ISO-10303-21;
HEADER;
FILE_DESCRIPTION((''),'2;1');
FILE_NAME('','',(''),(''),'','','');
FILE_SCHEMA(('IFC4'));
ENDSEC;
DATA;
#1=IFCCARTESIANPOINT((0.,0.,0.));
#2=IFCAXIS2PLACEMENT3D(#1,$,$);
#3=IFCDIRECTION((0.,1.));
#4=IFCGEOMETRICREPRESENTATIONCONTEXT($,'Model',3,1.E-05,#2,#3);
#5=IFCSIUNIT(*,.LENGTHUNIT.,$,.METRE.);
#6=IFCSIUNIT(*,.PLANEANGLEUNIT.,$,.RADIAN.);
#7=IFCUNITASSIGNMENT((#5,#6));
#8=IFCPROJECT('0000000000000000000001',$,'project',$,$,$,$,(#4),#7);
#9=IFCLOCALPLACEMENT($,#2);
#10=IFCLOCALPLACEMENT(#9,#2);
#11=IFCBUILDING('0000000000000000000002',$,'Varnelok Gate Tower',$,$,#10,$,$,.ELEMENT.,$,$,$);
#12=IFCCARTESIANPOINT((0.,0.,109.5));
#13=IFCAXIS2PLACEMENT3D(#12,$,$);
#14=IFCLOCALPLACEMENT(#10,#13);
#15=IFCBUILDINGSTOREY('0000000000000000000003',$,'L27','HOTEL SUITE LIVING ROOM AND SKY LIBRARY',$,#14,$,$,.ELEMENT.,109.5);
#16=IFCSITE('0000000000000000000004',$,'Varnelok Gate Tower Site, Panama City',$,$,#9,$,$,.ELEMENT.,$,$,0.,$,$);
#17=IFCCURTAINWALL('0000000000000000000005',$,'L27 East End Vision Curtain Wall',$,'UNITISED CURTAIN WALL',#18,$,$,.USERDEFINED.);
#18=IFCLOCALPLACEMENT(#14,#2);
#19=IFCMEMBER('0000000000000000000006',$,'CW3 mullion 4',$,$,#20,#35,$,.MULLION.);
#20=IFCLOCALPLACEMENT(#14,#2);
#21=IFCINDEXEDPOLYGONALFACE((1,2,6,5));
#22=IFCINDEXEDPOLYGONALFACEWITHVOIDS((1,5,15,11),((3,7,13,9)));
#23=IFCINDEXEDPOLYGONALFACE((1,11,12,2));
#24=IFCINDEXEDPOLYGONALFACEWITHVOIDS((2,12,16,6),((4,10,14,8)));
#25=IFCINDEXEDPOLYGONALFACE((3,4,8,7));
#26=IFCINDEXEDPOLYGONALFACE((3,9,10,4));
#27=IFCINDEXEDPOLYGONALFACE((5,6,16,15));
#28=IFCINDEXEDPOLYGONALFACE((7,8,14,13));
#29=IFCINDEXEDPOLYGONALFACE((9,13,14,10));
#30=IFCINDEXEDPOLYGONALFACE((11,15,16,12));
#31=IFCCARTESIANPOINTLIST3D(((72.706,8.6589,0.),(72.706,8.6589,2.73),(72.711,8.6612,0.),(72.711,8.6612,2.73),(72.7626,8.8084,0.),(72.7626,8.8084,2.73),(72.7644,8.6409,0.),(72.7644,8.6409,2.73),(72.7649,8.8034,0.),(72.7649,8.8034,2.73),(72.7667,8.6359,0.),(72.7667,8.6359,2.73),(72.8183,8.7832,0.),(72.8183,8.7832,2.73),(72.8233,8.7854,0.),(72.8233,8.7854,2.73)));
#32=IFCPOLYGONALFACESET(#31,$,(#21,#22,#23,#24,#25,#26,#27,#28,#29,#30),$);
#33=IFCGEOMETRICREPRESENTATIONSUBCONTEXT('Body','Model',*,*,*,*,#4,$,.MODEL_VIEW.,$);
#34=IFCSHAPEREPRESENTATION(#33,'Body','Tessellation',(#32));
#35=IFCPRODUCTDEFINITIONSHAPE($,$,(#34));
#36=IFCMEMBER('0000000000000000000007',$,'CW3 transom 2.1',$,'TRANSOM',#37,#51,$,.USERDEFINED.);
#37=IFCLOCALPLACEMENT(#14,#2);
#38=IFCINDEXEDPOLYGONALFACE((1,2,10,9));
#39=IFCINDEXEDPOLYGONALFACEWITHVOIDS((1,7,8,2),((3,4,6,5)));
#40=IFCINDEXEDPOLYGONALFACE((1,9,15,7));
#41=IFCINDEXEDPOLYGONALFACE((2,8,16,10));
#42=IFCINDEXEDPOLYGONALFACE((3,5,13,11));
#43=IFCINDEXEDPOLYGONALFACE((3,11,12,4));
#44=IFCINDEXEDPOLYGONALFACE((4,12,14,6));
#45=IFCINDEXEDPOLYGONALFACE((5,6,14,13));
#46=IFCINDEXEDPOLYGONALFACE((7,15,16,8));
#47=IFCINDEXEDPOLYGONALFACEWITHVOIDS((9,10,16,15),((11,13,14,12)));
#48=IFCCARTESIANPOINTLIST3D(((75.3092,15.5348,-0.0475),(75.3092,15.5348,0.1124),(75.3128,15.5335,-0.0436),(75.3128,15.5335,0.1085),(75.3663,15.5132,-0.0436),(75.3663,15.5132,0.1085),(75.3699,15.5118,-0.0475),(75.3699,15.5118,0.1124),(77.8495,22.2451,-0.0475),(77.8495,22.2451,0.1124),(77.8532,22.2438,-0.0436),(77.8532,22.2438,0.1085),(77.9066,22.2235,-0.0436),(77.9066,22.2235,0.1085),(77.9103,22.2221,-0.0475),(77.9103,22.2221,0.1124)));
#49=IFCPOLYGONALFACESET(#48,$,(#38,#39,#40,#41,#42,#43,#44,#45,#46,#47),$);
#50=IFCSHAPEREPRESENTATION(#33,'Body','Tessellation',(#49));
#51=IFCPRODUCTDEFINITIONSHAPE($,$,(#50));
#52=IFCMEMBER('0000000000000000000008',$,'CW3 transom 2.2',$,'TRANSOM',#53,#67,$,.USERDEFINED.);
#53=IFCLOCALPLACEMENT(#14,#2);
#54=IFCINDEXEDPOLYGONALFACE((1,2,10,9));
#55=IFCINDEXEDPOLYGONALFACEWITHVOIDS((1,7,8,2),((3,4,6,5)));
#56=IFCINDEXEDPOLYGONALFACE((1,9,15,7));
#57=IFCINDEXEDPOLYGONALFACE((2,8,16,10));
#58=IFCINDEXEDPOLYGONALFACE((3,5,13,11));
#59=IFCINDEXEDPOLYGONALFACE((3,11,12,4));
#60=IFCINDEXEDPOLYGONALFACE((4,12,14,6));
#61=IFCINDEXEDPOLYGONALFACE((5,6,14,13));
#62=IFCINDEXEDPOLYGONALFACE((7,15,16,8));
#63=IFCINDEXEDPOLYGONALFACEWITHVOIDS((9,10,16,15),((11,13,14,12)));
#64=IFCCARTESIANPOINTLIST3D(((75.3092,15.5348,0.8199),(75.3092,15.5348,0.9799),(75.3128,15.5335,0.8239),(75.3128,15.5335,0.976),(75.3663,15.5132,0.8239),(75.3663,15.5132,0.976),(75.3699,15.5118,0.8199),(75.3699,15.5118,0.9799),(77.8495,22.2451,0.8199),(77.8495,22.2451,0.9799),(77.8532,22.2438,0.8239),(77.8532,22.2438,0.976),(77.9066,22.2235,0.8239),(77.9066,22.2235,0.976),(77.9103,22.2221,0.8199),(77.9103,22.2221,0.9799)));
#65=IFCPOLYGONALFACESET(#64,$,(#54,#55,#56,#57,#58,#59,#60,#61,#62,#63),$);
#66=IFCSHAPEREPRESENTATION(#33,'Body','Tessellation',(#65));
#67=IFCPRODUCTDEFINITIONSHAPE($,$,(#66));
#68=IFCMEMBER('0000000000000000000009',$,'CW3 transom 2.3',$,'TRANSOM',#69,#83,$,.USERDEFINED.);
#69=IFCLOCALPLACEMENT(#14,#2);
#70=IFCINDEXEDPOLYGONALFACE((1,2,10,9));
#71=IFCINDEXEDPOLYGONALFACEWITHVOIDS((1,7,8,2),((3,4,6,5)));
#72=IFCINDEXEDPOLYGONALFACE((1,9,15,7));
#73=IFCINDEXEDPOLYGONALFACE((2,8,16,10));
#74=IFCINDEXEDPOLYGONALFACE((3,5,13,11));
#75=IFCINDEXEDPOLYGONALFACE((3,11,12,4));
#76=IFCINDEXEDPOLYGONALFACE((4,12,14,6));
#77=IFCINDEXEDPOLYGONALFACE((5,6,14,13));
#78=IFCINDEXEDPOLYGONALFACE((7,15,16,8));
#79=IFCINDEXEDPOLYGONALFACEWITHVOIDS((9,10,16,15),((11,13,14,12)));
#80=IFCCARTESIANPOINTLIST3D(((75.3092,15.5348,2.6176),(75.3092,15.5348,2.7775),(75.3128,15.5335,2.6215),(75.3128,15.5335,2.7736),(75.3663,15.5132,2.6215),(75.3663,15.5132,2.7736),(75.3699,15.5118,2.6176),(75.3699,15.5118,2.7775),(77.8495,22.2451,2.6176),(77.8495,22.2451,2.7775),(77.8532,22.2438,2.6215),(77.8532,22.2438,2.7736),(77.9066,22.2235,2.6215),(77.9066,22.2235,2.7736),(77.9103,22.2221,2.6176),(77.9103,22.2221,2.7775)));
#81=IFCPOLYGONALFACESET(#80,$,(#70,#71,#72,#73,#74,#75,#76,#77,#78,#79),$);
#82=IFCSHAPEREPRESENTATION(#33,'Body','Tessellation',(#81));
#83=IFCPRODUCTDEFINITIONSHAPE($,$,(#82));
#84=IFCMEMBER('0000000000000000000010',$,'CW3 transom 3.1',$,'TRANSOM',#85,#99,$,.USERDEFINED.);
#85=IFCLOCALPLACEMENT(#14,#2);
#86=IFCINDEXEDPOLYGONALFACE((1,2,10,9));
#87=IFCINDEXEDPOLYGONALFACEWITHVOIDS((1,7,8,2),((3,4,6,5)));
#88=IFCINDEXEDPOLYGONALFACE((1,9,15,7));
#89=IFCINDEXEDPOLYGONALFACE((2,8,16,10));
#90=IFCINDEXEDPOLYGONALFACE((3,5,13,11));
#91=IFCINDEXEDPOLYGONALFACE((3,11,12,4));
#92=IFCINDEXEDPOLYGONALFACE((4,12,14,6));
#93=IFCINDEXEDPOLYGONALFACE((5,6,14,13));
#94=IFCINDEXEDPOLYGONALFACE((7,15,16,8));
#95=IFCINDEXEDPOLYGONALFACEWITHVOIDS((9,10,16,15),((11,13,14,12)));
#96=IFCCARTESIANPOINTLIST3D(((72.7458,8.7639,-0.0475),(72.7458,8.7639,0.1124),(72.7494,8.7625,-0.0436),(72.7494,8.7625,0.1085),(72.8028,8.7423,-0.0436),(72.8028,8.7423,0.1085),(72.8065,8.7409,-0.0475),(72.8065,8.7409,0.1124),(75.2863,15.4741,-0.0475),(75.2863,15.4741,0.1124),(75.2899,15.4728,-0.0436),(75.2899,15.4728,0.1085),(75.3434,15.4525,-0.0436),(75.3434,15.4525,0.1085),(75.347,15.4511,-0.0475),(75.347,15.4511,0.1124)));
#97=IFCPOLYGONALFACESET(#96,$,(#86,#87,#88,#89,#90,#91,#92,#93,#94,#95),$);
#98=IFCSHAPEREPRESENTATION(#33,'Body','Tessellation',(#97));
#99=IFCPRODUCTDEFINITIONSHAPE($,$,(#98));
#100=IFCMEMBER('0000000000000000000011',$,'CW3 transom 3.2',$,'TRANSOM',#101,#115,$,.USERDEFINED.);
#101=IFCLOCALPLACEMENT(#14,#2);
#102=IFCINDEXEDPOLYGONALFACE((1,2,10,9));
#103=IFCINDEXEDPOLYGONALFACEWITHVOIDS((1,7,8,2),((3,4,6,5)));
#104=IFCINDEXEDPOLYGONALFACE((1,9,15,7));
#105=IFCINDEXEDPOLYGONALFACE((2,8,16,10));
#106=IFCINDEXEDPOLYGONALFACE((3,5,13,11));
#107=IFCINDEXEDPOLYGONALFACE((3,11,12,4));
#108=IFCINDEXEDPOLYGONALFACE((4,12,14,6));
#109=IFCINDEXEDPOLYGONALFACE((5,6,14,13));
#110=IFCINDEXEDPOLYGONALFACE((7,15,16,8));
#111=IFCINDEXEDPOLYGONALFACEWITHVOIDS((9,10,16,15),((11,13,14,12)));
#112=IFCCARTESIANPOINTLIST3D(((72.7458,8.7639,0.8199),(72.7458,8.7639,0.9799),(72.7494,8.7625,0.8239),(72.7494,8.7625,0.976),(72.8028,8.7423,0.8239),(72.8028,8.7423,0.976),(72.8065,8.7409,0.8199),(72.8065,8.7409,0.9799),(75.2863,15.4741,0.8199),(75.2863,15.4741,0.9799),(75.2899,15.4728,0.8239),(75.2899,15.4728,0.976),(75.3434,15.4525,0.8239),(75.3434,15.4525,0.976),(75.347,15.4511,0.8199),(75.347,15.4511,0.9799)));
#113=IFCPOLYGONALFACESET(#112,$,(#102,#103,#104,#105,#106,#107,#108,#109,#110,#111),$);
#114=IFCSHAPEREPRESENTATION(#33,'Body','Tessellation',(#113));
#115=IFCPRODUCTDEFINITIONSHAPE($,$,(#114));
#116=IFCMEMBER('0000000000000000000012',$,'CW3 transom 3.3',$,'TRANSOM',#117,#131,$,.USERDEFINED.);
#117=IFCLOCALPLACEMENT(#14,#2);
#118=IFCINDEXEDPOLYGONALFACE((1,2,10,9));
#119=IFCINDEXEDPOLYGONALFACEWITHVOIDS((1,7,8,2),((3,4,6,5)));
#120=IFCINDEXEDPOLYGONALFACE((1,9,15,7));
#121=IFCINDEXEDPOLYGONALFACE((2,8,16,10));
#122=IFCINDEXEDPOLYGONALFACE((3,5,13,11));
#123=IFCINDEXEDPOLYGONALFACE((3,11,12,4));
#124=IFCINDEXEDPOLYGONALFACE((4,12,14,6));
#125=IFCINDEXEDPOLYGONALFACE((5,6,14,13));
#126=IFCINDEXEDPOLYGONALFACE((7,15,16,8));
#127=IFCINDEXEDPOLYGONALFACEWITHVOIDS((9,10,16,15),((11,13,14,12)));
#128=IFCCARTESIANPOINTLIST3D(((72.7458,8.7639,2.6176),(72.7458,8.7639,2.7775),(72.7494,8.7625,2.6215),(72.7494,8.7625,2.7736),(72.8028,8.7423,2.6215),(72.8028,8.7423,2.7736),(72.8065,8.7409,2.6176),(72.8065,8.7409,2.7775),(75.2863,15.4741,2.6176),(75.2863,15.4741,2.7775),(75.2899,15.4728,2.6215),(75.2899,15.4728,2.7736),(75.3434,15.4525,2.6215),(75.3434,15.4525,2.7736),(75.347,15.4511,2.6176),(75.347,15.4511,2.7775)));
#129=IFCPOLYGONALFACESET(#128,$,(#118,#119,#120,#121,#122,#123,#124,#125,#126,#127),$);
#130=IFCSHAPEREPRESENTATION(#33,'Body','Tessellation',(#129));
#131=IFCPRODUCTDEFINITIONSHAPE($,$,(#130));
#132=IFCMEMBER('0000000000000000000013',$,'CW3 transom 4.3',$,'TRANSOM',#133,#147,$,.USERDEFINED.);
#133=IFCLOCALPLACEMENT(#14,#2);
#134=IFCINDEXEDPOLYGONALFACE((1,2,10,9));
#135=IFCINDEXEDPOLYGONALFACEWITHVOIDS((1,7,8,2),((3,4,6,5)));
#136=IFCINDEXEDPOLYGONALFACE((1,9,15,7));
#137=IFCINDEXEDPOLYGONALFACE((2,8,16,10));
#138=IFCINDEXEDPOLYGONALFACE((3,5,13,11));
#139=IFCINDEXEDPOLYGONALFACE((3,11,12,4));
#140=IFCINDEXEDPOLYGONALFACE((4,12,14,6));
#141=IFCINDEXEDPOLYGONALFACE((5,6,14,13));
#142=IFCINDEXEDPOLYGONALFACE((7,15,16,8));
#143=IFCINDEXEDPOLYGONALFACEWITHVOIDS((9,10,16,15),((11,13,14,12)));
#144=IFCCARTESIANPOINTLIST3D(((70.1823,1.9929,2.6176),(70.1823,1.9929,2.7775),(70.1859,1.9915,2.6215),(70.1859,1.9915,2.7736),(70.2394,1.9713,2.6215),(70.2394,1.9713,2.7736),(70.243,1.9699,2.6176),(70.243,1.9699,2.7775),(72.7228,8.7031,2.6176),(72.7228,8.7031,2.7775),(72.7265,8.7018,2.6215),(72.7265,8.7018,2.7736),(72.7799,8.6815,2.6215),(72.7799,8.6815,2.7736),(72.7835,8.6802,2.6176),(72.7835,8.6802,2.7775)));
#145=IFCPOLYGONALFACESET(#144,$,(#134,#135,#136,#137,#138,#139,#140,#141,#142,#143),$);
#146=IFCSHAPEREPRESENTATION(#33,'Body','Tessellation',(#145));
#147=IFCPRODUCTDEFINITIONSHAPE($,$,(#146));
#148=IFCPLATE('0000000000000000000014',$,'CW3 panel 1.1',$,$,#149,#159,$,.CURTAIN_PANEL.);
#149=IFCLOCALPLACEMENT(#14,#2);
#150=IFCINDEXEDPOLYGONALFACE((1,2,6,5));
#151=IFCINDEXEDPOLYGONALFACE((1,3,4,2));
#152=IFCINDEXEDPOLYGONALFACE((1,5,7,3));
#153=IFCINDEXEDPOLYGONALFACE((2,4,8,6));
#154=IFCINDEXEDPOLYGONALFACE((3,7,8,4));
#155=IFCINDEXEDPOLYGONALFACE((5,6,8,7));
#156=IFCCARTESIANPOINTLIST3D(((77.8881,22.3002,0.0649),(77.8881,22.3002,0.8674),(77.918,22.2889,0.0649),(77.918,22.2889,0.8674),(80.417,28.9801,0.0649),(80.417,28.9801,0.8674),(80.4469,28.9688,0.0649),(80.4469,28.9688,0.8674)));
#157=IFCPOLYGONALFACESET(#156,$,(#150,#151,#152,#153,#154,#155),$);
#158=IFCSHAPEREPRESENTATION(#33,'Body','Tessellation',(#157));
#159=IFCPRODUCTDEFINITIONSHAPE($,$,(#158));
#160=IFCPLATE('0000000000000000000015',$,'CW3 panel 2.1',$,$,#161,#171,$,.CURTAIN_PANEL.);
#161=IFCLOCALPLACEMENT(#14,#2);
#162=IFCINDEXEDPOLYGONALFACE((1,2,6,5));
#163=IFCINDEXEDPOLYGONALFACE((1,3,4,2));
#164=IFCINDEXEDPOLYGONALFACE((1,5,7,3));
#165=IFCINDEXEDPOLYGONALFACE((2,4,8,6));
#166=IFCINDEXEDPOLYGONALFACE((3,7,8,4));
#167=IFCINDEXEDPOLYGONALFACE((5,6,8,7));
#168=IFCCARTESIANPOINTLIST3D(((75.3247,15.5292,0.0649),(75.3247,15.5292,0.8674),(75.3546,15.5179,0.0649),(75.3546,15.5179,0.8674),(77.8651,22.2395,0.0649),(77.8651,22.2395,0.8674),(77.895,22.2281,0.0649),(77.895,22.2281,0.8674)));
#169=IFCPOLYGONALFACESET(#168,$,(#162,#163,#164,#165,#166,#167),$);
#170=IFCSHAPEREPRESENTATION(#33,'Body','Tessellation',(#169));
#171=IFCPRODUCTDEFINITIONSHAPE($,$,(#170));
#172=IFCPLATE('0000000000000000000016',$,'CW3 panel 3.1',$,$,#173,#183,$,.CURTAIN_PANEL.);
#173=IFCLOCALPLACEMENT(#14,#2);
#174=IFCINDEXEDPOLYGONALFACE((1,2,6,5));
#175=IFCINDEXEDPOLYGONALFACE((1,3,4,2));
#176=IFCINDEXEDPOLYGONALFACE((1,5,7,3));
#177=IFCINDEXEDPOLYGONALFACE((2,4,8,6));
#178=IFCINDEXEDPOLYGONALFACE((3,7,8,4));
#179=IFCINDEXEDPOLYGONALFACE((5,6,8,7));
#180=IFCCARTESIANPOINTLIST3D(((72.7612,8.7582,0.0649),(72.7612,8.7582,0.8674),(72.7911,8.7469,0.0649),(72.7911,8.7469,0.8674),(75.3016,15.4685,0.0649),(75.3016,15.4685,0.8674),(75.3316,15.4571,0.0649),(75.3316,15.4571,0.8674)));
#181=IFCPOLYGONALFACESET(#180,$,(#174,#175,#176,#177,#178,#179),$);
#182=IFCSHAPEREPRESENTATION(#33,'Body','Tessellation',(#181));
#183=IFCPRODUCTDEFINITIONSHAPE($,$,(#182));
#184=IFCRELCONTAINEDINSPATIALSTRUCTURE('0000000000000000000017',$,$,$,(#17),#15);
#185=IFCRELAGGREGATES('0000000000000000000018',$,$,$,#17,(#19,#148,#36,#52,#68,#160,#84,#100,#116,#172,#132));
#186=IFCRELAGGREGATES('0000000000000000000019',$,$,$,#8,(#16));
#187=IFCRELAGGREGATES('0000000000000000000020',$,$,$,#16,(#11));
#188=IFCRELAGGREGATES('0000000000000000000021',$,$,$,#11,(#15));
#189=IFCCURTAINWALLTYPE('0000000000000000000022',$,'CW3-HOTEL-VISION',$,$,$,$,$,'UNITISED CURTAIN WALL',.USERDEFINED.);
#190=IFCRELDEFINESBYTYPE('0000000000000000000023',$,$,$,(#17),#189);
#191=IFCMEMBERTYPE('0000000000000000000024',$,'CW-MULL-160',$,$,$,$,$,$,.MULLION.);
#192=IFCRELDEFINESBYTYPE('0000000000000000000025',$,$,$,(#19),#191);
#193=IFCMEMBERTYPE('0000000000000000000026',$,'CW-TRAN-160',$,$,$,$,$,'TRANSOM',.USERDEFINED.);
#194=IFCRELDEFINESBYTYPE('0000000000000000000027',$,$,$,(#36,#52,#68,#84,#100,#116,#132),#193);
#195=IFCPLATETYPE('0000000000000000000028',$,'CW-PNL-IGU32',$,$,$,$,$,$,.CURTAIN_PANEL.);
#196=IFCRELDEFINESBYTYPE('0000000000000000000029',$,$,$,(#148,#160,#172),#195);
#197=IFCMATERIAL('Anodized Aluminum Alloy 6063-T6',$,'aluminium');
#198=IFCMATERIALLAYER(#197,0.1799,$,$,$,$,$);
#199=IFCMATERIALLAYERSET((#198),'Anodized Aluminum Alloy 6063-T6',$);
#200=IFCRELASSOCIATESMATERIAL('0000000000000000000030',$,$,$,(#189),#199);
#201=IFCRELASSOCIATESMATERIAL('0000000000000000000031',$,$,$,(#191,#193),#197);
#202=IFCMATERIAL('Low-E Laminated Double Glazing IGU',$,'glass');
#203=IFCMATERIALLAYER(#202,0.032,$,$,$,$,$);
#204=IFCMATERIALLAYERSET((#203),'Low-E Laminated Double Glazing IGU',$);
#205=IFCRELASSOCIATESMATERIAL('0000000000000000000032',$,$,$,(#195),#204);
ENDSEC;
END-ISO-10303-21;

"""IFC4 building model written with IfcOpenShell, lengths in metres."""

from ifc_helpers import new_model, si_unit, direction, frame, origin, origin_2d, place, context, subcontext, project, spatial, rectangle, hollow_rectangle, extrude, source, transform, mapped, material, layer, layer_set, material_profile, profile_set, type_object, element, aggregate, save


model = new_model("IFC4")

# Units and contexts
model_context = context("Model", 3, precision=1e-05, world=origin(), true_north=direction((0.0, 1.0)))
body_context = subcontext(model_context, "Body", "Model", "MODEL_VIEW")
ifc_project = project(units=[si_unit("LENGTHUNIT", "METRE"), si_unit("PLANEANGLEUNIT", "RADIAN")], contexts=[model_context])

# Site, building, storey
site_placement = place(None, origin())
site = spatial("IfcSite", under=ifc_project, at=site_placement, Name="Varnelok Gate Tower Site, Panama City", CompositionType="ELEMENT", RefElevation=0.0)
building_placement = place(site_placement, origin())
building = spatial("IfcBuilding", under=site, at=building_placement, Name="Varnelok Gate Tower", CompositionType="ELEMENT")
storey_placement = place(building_placement, frame((0.0, 0.0, 109.5)))
storey = spatial("IfcBuildingStorey", under=building, at=storey_placement, Name="L27", Description="HOTEL SUITE LIVING ROOM AND SKY LIBRARY", CompositionType="ELEMENT", Elevation=109.5)

# Curtain wall, members, plates
ifc_material_1 = material(Name="Anodized Aluminum Alloy 6063-T6", Category="aluminium")
ifc_layer_1 = layer(ifc_material_1, 0.1799)
ifc_layer_set_1 = layer_set([ifc_layer_1], Name="Anodized Aluminum Alloy 6063-T6")
curtain_wall_type = type_object("IfcCurtainWallType", Name="CW3-HOTEL-VISION", ElementType="UNITISED CURTAIN WALL", PredefinedType="USERDEFINED", material=ifc_layer_set_1)
curtain_wall_placement = place(storey_placement, origin())
curtain_wall = element("IfcCurtainWall", 1, at=curtain_wall_placement, inside=storey, type_object=curtain_wall_type, Name="L27 East End Vision Curtain Wall", ObjectType="UNITISED CURTAIN WALL", PredefinedType="USERDEFINED")
ifc_material_profile_1 = material_profile(ifc_material_1, hollow_rectangle(XDim=0.0649, YDim=0.1599, WallThickness=0.0039, at=origin_2d()), Name="ALU160X65X4")
ifc_profile_set_1 = profile_set([ifc_material_profile_1], Name="Anodized Aluminum Alloy 6063-T6")
member_type_1 = type_object("IfcMemberType", Name="CW-MULL-160", PredefinedType="MULLION", material=ifc_profile_set_1)
member_1_placement = place(storey_placement, frame((72.7646, 8.7222, 0.0), z_axis=(0.0, 0.0, 1.0), x_axis=(0.935221, -0.354064, 0.0)))
member_1 = element("IfcMember", 2, at=member_1_placement, type_object=member_type_1, Name="CW3 mullion 4", PredefinedType="MULLION", context=body_context, shape_type="SweptSolid", body=[
    extrude(hollow_rectangle(XDim=0.0649, YDim=0.1599, WallThickness=0.0039, at=origin_2d()), origin(), (0.0, 0.0, 1.0), 2.73),
])
ifc_material_profile_2 = material_profile(ifc_material_1, hollow_rectangle(XDim=0.0649, YDim=0.1599, WallThickness=0.0039, at=origin_2d()), Name="ALU160X65X4")
ifc_profile_set_2 = profile_set([ifc_material_profile_2], Name="Anodized Aluminum Alloy 6063-T6")
member_type_2 = type_object("IfcMemberType", Name="CW-TRAN-160", ElementType="TRANSOM", PredefinedType="USERDEFINED", material=ifc_profile_set_2)
member_2_placement = place(storey_placement, frame((77.8799, 22.2336, 0.0325), z_axis=(-0.354049, -0.935227, 0.0), x_axis=(0.935227, -0.354049, 0.0)))
member_2 = element("IfcMember", 3, at=member_2_placement, type_object=member_type_2, Name="CW3 transom 2.1", ObjectType="TRANSOM", PredefinedType="USERDEFINED", context=body_context, shape_type="SweptSolid", body=[
    extrude(hollow_rectangle(XDim=0.0649, YDim=0.1599, WallThickness=0.0039, at=origin_2d()), origin(), (0.0, 0.0, 1.0), 7.175),
])
member_3_placement = place(storey_placement, frame((77.8799, 22.2336, 0.8999), z_axis=(-0.354049, -0.935227, 0.0), x_axis=(0.935227, -0.354049, 0.0)))
member_3 = element("IfcMember", 4, at=member_3_placement, type_object=member_type_2, Name="CW3 transom 2.2", ObjectType="TRANSOM", PredefinedType="USERDEFINED", context=body_context, shape_type="SweptSolid", body=[
    extrude(hollow_rectangle(XDim=0.0649, YDim=0.1599, WallThickness=0.0039, at=origin_2d()), origin(), (0.0, 0.0, 1.0), 7.175),
])
member_4_placement = place(storey_placement, frame((77.8799, 22.2336, 2.6975), z_axis=(-0.354049, -0.935227, 0.0), x_axis=(0.935227, -0.354049, 0.0)))
member_4 = element("IfcMember", 5, at=member_4_placement, type_object=member_type_2, Name="CW3 transom 2.3", ObjectType="TRANSOM", PredefinedType="USERDEFINED", context=body_context, shape_type="SweptSolid", body=[
    extrude(hollow_rectangle(XDim=0.0649, YDim=0.1599, WallThickness=0.0039, at=origin_2d()), origin(), (0.0, 0.0, 1.0), 7.175),
])
member_5_placement = place(storey_placement, frame((75.3167, 15.4626, 0.0325), z_axis=(-0.354079, -0.935216, 0.0), x_axis=(0.935216, -0.354079, 0.0)))
member_5 = element("IfcMember", 6, at=member_5_placement, type_object=member_type_2, Name="CW3 transom 3.1", ObjectType="TRANSOM", PredefinedType="USERDEFINED", context=body_context, shape_type="SweptSolid", body=[
    extrude(hollow_rectangle(XDim=0.0649, YDim=0.1599, WallThickness=0.0039, at=origin_2d()), origin(), (0.0, 0.0, 1.0), 7.175),
])
member_6_placement = place(storey_placement, frame((75.3167, 15.4626, 0.8999), z_axis=(-0.354079, -0.935216, 0.0), x_axis=(0.935216, -0.354079, 0.0)))
member_6 = element("IfcMember", 7, at=member_6_placement, type_object=member_type_2, Name="CW3 transom 3.2", ObjectType="TRANSOM", PredefinedType="USERDEFINED", context=body_context, shape_type="SweptSolid", body=[
    extrude(hollow_rectangle(XDim=0.0649, YDim=0.1599, WallThickness=0.0039, at=origin_2d()), origin(), (0.0, 0.0, 1.0), 7.175),
])
member_7_placement = place(storey_placement, frame((75.3167, 15.4626, 2.6975), z_axis=(-0.354079, -0.935216, 0.0), x_axis=(0.935216, -0.354079, 0.0)))
member_7 = element("IfcMember", 8, at=member_7_placement, type_object=member_type_2, Name="CW3 transom 3.3", ObjectType="TRANSOM", PredefinedType="USERDEFINED", context=body_context, shape_type="SweptSolid", body=[
    extrude(hollow_rectangle(XDim=0.0649, YDim=0.1599, WallThickness=0.0039, at=origin_2d()), origin(), (0.0, 0.0, 1.0), 7.175),
])
member_8_placement = place(storey_placement, frame((72.7532, 8.6917, 2.6975), z_axis=(-0.354079, -0.935216, 0.0), x_axis=(0.935216, -0.354079, 0.0)))
member_8 = element("IfcMember", 9, at=member_8_placement, type_object=member_type_2, Name="CW3 transom 4.3", ObjectType="TRANSOM", PredefinedType="USERDEFINED", context=body_context, shape_type="SweptSolid", body=[
    extrude(hollow_rectangle(XDim=0.0649, YDim=0.1599, WallThickness=0.0039, at=origin_2d()), origin(), (0.0, 0.0, 1.0), 7.175),
])
ifc_material_2 = material(Name="Low-E Laminated Double Glazing IGU", Category="glass")
ifc_layer_2 = layer(ifc_material_2, 0.032)
ifc_layer_set_2 = layer_set([ifc_layer_2], Name="Low-E Laminated Double Glazing IGU")
plate_type = type_object("IfcPlateType", Name="CW-PNL-IGU32", PredefinedType="CURTAIN_PANEL", material=ifc_layer_set_2)
shared_shape_1 = source(origin(), body_context, "Body", "SweptSolid", [
    extrude(rectangle(XDim=7.1426, YDim=0.032, at=origin_2d()), origin(), (0.0, 0.0, 1.0), 0.8025),
])
plate_1_placement = place(storey_placement, frame((79.1675, 25.6345, 0.0649), z_axis=(0.0, 0.0, 1.0), x_axis=(-0.354064, -0.935221, 0.0)))
plate_1 = element("IfcPlate", 10, at=plate_1_placement, type_object=plate_type, Name="CW3 panel 1.1", PredefinedType="CURTAIN_PANEL", context=body_context, shape_type="MappedRepresentation", body=[
    mapped(shared_shape_1, transform((0.0, 0.0, 0.0), scale=1.0)),
])
shared_shape_2 = source(origin(), body_context, "Body", "SweptSolid", [
    extrude(rectangle(XDim=7.175, YDim=0.032, at=origin_2d()), origin(), (0.0, 0.0, 1.0), 0.8025),
])
plate_2_placement = place(storey_placement, frame((76.6099, 18.8787, 0.0649), z_axis=(0.0, 0.0, 1.0), x_axis=(-0.354064, -0.935221, 0.0)))
plate_2 = element("IfcPlate", 11, at=plate_2_placement, type_object=plate_type, Name="CW3 panel 2.1", PredefinedType="CURTAIN_PANEL", context=body_context, shape_type="MappedRepresentation", body=[
    mapped(shared_shape_2, transform((0.0, 0.0, 0.0), scale=1.0)),
])
plate_3_placement = place(storey_placement, frame((74.0464, 12.1077, 0.0649), z_axis=(0.0, 0.0, 1.0), x_axis=(-0.354064, -0.935221, 0.0)))
plate_3 = element("IfcPlate", 12, at=plate_3_placement, type_object=plate_type, Name="CW3 panel 3.1", PredefinedType="CURTAIN_PANEL", context=body_context, shape_type="MappedRepresentation", body=[
    mapped(shared_shape_2, transform((0.0, 0.0, 0.0), scale=1.0)),
])
aggregate(curtain_wall, [member_1, plate_1, member_2, member_3, member_4, plate_2, member_5, member_6, member_7, plate_3, member_8])

save(model, "model.ifc")
